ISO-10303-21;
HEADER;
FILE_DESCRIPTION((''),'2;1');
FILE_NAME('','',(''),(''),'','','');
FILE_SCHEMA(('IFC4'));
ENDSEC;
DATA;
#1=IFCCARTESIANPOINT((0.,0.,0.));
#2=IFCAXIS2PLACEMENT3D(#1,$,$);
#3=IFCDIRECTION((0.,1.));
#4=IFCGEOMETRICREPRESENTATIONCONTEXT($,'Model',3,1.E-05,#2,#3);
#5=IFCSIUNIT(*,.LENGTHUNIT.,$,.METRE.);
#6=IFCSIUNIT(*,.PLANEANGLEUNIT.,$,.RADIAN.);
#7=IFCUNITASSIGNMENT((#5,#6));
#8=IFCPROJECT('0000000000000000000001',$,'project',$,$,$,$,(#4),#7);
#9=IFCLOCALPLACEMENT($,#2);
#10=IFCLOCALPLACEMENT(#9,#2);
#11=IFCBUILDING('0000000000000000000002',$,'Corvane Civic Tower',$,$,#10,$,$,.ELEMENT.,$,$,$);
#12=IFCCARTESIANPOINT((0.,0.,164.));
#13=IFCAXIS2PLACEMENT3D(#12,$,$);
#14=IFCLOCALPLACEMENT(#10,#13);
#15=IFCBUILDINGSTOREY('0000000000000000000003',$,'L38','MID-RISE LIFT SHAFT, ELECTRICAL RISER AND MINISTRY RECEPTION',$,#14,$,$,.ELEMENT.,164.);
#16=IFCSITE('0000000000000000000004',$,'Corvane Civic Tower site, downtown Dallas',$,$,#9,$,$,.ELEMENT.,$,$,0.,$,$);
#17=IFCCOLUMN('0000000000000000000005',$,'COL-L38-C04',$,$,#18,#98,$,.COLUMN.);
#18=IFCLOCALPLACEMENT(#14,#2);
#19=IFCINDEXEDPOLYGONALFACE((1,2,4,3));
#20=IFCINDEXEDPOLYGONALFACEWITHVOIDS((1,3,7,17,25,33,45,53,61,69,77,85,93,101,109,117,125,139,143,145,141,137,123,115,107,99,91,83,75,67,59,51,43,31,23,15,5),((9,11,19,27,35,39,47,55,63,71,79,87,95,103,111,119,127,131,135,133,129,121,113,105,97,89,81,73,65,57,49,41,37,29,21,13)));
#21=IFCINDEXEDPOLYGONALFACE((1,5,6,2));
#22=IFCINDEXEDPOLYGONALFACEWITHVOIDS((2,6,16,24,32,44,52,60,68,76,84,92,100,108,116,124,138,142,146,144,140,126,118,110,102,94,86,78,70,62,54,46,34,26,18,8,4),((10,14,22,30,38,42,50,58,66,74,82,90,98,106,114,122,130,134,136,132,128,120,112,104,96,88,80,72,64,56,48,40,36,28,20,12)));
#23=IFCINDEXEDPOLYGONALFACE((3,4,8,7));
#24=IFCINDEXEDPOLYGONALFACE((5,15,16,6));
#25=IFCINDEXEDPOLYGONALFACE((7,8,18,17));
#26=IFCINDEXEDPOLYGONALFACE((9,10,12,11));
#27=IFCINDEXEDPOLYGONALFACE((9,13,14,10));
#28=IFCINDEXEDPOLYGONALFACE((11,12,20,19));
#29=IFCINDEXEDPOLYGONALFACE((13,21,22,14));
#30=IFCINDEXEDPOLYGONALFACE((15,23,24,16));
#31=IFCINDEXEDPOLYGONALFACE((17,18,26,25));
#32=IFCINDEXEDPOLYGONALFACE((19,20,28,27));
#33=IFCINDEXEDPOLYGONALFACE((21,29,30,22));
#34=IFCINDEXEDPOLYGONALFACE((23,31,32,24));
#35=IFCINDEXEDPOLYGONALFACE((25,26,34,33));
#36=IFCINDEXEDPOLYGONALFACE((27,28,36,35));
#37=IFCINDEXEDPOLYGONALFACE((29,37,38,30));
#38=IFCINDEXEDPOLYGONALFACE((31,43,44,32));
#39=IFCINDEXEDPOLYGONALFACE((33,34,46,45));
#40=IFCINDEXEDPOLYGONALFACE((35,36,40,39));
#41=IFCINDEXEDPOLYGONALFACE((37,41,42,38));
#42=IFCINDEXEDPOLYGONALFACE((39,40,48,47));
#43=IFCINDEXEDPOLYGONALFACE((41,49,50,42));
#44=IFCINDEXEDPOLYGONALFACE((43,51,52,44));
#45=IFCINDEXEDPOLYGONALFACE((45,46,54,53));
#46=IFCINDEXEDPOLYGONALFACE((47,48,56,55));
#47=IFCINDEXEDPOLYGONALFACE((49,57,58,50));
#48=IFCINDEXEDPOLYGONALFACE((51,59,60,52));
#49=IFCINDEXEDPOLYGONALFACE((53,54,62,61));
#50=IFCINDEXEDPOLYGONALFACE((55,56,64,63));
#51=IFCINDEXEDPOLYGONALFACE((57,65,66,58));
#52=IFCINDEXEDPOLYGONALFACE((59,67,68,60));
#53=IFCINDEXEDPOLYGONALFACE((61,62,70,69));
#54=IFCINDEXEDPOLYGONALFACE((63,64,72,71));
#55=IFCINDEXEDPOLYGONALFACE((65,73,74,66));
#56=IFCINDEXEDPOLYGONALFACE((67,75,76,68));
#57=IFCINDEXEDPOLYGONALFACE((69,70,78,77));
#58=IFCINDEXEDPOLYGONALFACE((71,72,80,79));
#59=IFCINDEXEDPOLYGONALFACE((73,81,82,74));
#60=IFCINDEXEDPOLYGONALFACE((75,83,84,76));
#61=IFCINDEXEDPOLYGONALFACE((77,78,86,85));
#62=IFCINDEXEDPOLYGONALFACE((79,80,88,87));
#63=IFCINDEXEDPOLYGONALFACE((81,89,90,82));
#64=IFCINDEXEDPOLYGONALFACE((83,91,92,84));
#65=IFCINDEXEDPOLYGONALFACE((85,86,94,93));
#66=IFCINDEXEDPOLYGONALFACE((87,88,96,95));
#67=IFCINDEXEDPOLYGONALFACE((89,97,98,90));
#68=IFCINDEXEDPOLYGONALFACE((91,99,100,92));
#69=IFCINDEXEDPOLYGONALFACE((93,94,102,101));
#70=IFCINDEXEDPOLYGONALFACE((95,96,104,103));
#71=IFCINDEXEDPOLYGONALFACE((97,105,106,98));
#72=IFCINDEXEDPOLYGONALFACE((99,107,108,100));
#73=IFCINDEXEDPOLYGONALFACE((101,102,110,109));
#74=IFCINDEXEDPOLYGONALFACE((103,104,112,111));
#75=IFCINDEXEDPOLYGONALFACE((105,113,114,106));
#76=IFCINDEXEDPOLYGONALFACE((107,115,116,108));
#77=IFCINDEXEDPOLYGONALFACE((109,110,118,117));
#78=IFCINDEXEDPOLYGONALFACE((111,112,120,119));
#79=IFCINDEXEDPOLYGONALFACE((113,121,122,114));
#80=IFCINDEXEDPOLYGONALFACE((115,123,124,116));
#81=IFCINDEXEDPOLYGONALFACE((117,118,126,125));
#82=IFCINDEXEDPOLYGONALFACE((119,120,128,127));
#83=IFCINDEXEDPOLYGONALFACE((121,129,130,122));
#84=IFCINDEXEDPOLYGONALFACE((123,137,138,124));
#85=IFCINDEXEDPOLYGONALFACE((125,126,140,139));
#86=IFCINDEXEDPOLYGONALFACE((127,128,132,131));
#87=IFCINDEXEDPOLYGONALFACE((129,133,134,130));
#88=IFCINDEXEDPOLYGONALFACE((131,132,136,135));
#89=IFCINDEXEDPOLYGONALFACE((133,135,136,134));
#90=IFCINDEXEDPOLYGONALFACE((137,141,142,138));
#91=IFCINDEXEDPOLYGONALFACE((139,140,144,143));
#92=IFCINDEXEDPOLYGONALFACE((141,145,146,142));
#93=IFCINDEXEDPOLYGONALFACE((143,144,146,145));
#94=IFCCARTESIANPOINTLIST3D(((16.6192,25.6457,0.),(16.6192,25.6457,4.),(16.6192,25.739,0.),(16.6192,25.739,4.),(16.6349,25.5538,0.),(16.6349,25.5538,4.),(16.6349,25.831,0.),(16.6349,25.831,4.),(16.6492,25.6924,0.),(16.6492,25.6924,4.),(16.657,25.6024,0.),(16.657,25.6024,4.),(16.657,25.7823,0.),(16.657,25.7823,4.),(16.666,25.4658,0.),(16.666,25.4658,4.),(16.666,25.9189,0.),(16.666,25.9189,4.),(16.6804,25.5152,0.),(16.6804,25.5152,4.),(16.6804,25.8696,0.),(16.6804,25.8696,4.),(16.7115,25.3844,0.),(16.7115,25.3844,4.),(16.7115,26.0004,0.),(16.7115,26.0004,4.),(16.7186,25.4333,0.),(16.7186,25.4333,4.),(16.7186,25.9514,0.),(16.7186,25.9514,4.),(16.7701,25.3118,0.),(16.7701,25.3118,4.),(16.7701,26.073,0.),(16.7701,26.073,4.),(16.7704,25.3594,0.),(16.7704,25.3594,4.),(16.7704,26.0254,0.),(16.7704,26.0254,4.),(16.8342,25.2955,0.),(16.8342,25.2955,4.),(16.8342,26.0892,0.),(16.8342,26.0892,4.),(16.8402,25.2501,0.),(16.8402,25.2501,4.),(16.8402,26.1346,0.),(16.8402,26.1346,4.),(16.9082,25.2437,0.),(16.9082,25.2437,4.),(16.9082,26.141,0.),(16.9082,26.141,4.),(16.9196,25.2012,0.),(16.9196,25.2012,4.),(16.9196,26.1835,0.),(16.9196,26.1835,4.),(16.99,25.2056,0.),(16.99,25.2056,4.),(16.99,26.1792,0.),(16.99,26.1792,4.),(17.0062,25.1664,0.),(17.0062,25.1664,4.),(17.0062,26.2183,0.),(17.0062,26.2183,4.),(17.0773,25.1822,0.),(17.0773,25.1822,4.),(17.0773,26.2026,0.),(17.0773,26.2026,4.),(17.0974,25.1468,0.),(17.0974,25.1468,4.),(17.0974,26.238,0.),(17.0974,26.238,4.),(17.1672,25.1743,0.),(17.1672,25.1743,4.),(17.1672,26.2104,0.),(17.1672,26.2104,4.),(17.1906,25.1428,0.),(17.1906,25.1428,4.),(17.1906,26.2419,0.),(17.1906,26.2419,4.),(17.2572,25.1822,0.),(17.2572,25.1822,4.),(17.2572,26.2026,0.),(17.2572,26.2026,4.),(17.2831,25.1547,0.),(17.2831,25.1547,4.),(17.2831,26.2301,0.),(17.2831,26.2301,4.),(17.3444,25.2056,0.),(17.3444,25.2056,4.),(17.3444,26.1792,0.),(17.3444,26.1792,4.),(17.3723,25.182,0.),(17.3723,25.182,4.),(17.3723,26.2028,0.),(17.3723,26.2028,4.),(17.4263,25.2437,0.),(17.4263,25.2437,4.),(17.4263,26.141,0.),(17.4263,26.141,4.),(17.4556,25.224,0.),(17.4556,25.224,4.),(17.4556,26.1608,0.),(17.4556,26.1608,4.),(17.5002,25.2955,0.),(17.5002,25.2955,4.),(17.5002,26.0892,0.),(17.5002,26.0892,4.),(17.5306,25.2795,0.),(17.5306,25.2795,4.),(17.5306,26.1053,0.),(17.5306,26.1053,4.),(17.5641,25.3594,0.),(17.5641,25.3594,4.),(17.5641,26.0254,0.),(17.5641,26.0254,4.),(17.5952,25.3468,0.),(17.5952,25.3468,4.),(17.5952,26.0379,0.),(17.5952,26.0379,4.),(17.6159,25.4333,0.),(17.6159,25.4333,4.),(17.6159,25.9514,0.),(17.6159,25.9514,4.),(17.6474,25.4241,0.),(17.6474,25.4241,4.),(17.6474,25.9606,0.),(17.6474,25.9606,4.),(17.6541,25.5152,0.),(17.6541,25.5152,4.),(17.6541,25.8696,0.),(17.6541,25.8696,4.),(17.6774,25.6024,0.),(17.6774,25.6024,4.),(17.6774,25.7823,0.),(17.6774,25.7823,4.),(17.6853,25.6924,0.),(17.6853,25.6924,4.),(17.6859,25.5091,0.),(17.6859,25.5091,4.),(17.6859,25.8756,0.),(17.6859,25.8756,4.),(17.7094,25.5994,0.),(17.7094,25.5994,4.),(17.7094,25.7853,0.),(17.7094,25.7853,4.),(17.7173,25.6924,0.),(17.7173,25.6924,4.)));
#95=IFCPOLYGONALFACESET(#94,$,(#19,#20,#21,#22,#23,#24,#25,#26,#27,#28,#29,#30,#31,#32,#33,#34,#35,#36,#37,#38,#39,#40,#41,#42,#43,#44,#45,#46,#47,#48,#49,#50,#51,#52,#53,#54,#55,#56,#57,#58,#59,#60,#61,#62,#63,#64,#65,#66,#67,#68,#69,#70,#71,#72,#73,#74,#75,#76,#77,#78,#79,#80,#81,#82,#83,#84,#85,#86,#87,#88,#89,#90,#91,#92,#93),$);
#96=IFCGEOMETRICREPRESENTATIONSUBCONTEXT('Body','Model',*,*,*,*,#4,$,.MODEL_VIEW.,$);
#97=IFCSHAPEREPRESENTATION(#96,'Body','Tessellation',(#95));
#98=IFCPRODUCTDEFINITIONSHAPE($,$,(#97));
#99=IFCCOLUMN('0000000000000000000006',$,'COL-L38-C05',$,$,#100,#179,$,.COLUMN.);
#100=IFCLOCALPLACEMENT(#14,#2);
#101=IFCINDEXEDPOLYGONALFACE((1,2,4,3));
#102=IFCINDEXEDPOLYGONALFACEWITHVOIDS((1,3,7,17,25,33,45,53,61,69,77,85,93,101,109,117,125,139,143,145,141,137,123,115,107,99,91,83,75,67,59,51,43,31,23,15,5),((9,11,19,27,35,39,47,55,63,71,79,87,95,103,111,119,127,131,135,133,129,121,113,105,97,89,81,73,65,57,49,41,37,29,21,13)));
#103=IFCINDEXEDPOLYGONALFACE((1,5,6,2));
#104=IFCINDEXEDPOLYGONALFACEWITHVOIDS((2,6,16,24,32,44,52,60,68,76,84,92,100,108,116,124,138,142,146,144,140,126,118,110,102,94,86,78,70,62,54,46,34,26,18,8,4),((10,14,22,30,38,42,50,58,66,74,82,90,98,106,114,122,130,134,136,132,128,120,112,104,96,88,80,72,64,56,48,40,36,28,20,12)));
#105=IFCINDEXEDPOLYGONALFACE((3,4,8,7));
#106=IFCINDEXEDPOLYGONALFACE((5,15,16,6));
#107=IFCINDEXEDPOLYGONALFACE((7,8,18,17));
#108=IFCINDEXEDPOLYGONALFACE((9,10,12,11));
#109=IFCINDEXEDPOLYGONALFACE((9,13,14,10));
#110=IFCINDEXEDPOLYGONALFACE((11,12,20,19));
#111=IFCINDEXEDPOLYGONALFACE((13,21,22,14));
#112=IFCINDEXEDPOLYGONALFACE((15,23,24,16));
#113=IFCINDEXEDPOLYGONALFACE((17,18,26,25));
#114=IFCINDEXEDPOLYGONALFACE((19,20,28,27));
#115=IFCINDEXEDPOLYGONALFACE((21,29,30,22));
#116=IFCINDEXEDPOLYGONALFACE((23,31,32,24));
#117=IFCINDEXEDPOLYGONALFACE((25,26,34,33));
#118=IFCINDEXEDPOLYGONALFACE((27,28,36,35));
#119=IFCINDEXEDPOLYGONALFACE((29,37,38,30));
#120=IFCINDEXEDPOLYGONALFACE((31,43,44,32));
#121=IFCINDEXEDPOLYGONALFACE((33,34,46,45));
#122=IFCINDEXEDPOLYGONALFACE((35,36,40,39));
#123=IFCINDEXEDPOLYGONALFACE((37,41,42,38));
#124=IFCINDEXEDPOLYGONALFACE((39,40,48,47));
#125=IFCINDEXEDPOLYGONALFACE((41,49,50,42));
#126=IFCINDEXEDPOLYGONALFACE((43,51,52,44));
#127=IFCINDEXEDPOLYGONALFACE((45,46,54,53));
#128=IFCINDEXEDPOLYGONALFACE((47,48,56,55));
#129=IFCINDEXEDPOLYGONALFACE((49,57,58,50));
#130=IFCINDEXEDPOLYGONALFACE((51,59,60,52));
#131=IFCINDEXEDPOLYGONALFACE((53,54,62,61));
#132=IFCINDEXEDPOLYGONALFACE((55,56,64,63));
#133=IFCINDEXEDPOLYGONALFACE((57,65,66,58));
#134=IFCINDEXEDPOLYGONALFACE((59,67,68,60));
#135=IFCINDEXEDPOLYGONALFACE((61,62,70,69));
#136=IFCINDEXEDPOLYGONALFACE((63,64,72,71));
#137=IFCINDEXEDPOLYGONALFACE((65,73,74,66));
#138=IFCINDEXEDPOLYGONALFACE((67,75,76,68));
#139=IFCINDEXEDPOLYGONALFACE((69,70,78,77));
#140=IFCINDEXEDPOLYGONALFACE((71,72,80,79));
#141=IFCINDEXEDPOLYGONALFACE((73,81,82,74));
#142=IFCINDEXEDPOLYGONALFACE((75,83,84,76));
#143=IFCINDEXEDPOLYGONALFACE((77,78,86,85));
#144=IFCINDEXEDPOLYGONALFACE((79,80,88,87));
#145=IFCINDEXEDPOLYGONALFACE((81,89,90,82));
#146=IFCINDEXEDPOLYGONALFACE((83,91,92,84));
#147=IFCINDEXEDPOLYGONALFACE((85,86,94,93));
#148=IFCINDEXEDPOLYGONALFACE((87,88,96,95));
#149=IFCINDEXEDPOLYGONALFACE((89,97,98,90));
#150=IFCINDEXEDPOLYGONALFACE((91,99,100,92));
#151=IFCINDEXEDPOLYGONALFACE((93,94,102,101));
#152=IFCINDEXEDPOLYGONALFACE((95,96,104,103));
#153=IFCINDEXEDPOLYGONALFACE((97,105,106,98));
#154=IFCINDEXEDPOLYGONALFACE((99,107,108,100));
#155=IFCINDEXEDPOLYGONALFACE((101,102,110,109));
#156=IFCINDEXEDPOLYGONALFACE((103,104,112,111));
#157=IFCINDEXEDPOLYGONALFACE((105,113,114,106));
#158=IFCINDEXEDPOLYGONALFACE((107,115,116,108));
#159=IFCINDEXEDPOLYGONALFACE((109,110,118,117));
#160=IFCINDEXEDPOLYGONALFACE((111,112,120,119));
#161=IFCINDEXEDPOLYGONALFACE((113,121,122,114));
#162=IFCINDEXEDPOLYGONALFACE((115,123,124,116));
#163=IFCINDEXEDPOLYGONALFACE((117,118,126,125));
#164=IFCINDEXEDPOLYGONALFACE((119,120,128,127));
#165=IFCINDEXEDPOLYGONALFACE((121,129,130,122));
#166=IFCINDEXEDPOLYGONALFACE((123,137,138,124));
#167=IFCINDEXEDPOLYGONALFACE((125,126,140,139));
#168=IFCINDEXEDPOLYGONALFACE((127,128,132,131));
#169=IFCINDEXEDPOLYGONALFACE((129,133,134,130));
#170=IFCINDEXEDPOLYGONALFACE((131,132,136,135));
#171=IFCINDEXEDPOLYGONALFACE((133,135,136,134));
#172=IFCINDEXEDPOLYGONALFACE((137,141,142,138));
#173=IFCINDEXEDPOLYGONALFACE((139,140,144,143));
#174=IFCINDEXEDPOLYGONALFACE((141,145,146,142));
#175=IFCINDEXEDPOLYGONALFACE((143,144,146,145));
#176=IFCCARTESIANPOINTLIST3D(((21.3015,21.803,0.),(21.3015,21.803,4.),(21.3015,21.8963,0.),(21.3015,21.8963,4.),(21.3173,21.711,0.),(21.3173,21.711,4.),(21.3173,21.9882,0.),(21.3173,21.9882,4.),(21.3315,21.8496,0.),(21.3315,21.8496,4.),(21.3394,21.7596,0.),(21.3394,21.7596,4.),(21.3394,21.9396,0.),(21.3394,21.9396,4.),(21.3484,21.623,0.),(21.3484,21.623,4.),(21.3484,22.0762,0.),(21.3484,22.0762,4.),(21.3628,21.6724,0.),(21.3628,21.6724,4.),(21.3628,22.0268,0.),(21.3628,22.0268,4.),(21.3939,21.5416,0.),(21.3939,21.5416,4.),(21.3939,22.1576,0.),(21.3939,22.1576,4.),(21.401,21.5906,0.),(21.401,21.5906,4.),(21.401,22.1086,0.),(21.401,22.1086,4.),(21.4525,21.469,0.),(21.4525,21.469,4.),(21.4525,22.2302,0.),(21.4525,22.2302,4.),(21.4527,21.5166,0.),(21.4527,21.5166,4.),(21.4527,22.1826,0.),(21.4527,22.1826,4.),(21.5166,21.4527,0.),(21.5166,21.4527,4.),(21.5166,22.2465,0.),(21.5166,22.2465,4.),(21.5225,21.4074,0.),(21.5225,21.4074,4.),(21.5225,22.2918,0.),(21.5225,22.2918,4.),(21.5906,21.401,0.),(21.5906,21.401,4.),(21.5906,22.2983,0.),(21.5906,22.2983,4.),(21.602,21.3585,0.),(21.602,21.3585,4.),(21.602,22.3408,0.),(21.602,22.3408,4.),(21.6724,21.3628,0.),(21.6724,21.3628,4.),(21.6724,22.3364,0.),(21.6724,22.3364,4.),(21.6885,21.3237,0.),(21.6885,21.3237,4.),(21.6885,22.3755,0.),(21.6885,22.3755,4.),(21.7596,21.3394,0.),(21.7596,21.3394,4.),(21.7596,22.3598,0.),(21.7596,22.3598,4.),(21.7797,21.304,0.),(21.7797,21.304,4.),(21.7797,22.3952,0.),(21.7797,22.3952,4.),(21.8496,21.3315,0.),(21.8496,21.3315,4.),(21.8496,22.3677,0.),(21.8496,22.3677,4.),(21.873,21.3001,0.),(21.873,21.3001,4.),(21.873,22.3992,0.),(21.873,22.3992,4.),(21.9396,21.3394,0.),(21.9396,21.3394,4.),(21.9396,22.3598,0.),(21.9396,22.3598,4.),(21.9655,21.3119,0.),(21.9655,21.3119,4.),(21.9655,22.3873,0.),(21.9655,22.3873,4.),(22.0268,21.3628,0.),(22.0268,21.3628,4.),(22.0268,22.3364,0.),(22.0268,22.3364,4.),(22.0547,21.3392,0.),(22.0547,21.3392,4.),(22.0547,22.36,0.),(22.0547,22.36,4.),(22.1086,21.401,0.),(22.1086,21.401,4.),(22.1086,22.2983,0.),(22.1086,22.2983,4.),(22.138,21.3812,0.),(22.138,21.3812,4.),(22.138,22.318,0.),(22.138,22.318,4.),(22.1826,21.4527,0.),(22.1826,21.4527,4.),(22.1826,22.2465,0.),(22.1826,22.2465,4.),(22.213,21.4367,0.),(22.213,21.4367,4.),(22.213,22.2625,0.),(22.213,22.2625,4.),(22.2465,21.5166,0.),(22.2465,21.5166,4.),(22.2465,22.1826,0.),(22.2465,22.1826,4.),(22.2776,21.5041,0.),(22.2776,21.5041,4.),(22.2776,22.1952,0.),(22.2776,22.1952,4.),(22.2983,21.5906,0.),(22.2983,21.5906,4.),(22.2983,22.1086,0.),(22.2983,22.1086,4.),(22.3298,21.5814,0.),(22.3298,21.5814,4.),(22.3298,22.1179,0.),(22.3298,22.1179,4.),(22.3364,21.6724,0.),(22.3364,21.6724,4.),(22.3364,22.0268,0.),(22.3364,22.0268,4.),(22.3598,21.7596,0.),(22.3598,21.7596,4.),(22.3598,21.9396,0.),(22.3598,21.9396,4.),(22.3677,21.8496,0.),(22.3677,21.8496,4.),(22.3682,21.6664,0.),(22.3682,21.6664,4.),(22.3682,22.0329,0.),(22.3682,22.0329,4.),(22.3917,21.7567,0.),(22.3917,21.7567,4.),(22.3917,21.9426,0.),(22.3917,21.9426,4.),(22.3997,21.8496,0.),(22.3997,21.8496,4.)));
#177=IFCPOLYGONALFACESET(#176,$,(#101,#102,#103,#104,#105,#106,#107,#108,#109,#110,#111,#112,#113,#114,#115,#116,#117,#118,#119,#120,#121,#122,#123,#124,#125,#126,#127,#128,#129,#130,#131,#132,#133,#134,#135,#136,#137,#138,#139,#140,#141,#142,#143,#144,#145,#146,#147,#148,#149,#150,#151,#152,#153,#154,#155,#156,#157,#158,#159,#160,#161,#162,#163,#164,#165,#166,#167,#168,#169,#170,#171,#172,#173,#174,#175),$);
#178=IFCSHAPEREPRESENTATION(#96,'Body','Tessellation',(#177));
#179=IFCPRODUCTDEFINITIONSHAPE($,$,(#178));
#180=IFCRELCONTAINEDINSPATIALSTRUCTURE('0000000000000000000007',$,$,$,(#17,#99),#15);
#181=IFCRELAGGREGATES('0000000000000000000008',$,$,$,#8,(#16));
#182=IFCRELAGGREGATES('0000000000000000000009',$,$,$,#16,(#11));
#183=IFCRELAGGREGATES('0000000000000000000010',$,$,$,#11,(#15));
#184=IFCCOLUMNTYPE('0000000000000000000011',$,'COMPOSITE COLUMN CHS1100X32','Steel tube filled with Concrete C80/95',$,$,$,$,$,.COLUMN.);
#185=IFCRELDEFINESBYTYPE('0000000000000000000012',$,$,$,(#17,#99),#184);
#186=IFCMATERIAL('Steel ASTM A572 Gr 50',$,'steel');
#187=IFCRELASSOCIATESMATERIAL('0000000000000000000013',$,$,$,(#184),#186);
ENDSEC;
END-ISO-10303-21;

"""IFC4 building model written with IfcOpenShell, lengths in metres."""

from ifc_helpers import new_model, si_unit, direction, frame, origin, origin_2d, place, context, subcontext, project, spatial, hollow_circle, extrude, material, material_profile, profile_set, type_object, element, save


model = new_model("IFC4")

# Units and contexts
model_context = context("Model", 3, precision=1e-05, world=origin(), true_north=direction((0.0, 1.0)))
body_context = subcontext(model_context, "Body", "Model", "MODEL_VIEW")
ifc_project = project(units=[si_unit("LENGTHUNIT", "METRE"), si_unit("PLANEANGLEUNIT", "RADIAN")], contexts=[model_context])

# Site, building, storey
site_placement = place(None, origin())
site = spatial("IfcSite", under=ifc_project, at=site_placement, Name="Corvane Civic Tower site, downtown Dallas", CompositionType="ELEMENT", RefElevation=0.0)
building_placement = place(site_placement, origin())
building = spatial("IfcBuilding", under=site, at=building_placement, Name="Corvane Civic Tower", CompositionType="ELEMENT")
storey_placement = place(building_placement, frame((0.0, 0.0, 164.0)))
storey = spatial("IfcBuildingStorey", under=building, at=storey_placement, Name="L38", Description="MID-RISE LIFT SHAFT, ELECTRICAL RISER AND MINISTRY RECEPTION", CompositionType="ELEMENT", Elevation=164.0)

# Columns
ifc_material_1 = material(Name="Steel ASTM A572 Gr 50", Category="steel")
ifc_material_profile_1 = material_profile(ifc_material_1, hollow_circle(Radius=0.55, WallThickness=0.032, at=origin_2d()), Name="CHS1100X32")
ifc_profile_set_1 = profile_set([ifc_material_profile_1], Name="Steel ASTM A572 Gr 50")
column_type = type_object("IfcColumnType", Name="COMPOSITE COLUMN CHS1100X32", Description="Steel tube filled with Concrete C80/95", PredefinedType="COLUMN", material=ifc_profile_set_1)
for number, where, z_axis, x_axis, name in (
    (1, (17.1672, 25.6924, 0.0), (0.0, 0.0, 1.0), (1.0, 0.0, 0.0), "COL-L38-C04"),
    (2, (21.8496, 21.8496, 0.0), (0.0, 0.0, 1.0), (1.0, 0.0, 0.0), "COL-L38-C05"),
):
    element("IfcColumn", number, at=place(storey_placement, frame(where, z_axis=z_axis, x_axis=x_axis)), inside=storey, type_object=column_type, Name=name, PredefinedType="COLUMN", context=body_context, shape_type="SweptSolid", body=[
        extrude(hollow_circle(Radius=0.55, WallThickness=0.032, at=origin_2d()), origin(), (0.0, 0.0, 1.0), 4.0),
    ])

save(model, "model.ifc")
